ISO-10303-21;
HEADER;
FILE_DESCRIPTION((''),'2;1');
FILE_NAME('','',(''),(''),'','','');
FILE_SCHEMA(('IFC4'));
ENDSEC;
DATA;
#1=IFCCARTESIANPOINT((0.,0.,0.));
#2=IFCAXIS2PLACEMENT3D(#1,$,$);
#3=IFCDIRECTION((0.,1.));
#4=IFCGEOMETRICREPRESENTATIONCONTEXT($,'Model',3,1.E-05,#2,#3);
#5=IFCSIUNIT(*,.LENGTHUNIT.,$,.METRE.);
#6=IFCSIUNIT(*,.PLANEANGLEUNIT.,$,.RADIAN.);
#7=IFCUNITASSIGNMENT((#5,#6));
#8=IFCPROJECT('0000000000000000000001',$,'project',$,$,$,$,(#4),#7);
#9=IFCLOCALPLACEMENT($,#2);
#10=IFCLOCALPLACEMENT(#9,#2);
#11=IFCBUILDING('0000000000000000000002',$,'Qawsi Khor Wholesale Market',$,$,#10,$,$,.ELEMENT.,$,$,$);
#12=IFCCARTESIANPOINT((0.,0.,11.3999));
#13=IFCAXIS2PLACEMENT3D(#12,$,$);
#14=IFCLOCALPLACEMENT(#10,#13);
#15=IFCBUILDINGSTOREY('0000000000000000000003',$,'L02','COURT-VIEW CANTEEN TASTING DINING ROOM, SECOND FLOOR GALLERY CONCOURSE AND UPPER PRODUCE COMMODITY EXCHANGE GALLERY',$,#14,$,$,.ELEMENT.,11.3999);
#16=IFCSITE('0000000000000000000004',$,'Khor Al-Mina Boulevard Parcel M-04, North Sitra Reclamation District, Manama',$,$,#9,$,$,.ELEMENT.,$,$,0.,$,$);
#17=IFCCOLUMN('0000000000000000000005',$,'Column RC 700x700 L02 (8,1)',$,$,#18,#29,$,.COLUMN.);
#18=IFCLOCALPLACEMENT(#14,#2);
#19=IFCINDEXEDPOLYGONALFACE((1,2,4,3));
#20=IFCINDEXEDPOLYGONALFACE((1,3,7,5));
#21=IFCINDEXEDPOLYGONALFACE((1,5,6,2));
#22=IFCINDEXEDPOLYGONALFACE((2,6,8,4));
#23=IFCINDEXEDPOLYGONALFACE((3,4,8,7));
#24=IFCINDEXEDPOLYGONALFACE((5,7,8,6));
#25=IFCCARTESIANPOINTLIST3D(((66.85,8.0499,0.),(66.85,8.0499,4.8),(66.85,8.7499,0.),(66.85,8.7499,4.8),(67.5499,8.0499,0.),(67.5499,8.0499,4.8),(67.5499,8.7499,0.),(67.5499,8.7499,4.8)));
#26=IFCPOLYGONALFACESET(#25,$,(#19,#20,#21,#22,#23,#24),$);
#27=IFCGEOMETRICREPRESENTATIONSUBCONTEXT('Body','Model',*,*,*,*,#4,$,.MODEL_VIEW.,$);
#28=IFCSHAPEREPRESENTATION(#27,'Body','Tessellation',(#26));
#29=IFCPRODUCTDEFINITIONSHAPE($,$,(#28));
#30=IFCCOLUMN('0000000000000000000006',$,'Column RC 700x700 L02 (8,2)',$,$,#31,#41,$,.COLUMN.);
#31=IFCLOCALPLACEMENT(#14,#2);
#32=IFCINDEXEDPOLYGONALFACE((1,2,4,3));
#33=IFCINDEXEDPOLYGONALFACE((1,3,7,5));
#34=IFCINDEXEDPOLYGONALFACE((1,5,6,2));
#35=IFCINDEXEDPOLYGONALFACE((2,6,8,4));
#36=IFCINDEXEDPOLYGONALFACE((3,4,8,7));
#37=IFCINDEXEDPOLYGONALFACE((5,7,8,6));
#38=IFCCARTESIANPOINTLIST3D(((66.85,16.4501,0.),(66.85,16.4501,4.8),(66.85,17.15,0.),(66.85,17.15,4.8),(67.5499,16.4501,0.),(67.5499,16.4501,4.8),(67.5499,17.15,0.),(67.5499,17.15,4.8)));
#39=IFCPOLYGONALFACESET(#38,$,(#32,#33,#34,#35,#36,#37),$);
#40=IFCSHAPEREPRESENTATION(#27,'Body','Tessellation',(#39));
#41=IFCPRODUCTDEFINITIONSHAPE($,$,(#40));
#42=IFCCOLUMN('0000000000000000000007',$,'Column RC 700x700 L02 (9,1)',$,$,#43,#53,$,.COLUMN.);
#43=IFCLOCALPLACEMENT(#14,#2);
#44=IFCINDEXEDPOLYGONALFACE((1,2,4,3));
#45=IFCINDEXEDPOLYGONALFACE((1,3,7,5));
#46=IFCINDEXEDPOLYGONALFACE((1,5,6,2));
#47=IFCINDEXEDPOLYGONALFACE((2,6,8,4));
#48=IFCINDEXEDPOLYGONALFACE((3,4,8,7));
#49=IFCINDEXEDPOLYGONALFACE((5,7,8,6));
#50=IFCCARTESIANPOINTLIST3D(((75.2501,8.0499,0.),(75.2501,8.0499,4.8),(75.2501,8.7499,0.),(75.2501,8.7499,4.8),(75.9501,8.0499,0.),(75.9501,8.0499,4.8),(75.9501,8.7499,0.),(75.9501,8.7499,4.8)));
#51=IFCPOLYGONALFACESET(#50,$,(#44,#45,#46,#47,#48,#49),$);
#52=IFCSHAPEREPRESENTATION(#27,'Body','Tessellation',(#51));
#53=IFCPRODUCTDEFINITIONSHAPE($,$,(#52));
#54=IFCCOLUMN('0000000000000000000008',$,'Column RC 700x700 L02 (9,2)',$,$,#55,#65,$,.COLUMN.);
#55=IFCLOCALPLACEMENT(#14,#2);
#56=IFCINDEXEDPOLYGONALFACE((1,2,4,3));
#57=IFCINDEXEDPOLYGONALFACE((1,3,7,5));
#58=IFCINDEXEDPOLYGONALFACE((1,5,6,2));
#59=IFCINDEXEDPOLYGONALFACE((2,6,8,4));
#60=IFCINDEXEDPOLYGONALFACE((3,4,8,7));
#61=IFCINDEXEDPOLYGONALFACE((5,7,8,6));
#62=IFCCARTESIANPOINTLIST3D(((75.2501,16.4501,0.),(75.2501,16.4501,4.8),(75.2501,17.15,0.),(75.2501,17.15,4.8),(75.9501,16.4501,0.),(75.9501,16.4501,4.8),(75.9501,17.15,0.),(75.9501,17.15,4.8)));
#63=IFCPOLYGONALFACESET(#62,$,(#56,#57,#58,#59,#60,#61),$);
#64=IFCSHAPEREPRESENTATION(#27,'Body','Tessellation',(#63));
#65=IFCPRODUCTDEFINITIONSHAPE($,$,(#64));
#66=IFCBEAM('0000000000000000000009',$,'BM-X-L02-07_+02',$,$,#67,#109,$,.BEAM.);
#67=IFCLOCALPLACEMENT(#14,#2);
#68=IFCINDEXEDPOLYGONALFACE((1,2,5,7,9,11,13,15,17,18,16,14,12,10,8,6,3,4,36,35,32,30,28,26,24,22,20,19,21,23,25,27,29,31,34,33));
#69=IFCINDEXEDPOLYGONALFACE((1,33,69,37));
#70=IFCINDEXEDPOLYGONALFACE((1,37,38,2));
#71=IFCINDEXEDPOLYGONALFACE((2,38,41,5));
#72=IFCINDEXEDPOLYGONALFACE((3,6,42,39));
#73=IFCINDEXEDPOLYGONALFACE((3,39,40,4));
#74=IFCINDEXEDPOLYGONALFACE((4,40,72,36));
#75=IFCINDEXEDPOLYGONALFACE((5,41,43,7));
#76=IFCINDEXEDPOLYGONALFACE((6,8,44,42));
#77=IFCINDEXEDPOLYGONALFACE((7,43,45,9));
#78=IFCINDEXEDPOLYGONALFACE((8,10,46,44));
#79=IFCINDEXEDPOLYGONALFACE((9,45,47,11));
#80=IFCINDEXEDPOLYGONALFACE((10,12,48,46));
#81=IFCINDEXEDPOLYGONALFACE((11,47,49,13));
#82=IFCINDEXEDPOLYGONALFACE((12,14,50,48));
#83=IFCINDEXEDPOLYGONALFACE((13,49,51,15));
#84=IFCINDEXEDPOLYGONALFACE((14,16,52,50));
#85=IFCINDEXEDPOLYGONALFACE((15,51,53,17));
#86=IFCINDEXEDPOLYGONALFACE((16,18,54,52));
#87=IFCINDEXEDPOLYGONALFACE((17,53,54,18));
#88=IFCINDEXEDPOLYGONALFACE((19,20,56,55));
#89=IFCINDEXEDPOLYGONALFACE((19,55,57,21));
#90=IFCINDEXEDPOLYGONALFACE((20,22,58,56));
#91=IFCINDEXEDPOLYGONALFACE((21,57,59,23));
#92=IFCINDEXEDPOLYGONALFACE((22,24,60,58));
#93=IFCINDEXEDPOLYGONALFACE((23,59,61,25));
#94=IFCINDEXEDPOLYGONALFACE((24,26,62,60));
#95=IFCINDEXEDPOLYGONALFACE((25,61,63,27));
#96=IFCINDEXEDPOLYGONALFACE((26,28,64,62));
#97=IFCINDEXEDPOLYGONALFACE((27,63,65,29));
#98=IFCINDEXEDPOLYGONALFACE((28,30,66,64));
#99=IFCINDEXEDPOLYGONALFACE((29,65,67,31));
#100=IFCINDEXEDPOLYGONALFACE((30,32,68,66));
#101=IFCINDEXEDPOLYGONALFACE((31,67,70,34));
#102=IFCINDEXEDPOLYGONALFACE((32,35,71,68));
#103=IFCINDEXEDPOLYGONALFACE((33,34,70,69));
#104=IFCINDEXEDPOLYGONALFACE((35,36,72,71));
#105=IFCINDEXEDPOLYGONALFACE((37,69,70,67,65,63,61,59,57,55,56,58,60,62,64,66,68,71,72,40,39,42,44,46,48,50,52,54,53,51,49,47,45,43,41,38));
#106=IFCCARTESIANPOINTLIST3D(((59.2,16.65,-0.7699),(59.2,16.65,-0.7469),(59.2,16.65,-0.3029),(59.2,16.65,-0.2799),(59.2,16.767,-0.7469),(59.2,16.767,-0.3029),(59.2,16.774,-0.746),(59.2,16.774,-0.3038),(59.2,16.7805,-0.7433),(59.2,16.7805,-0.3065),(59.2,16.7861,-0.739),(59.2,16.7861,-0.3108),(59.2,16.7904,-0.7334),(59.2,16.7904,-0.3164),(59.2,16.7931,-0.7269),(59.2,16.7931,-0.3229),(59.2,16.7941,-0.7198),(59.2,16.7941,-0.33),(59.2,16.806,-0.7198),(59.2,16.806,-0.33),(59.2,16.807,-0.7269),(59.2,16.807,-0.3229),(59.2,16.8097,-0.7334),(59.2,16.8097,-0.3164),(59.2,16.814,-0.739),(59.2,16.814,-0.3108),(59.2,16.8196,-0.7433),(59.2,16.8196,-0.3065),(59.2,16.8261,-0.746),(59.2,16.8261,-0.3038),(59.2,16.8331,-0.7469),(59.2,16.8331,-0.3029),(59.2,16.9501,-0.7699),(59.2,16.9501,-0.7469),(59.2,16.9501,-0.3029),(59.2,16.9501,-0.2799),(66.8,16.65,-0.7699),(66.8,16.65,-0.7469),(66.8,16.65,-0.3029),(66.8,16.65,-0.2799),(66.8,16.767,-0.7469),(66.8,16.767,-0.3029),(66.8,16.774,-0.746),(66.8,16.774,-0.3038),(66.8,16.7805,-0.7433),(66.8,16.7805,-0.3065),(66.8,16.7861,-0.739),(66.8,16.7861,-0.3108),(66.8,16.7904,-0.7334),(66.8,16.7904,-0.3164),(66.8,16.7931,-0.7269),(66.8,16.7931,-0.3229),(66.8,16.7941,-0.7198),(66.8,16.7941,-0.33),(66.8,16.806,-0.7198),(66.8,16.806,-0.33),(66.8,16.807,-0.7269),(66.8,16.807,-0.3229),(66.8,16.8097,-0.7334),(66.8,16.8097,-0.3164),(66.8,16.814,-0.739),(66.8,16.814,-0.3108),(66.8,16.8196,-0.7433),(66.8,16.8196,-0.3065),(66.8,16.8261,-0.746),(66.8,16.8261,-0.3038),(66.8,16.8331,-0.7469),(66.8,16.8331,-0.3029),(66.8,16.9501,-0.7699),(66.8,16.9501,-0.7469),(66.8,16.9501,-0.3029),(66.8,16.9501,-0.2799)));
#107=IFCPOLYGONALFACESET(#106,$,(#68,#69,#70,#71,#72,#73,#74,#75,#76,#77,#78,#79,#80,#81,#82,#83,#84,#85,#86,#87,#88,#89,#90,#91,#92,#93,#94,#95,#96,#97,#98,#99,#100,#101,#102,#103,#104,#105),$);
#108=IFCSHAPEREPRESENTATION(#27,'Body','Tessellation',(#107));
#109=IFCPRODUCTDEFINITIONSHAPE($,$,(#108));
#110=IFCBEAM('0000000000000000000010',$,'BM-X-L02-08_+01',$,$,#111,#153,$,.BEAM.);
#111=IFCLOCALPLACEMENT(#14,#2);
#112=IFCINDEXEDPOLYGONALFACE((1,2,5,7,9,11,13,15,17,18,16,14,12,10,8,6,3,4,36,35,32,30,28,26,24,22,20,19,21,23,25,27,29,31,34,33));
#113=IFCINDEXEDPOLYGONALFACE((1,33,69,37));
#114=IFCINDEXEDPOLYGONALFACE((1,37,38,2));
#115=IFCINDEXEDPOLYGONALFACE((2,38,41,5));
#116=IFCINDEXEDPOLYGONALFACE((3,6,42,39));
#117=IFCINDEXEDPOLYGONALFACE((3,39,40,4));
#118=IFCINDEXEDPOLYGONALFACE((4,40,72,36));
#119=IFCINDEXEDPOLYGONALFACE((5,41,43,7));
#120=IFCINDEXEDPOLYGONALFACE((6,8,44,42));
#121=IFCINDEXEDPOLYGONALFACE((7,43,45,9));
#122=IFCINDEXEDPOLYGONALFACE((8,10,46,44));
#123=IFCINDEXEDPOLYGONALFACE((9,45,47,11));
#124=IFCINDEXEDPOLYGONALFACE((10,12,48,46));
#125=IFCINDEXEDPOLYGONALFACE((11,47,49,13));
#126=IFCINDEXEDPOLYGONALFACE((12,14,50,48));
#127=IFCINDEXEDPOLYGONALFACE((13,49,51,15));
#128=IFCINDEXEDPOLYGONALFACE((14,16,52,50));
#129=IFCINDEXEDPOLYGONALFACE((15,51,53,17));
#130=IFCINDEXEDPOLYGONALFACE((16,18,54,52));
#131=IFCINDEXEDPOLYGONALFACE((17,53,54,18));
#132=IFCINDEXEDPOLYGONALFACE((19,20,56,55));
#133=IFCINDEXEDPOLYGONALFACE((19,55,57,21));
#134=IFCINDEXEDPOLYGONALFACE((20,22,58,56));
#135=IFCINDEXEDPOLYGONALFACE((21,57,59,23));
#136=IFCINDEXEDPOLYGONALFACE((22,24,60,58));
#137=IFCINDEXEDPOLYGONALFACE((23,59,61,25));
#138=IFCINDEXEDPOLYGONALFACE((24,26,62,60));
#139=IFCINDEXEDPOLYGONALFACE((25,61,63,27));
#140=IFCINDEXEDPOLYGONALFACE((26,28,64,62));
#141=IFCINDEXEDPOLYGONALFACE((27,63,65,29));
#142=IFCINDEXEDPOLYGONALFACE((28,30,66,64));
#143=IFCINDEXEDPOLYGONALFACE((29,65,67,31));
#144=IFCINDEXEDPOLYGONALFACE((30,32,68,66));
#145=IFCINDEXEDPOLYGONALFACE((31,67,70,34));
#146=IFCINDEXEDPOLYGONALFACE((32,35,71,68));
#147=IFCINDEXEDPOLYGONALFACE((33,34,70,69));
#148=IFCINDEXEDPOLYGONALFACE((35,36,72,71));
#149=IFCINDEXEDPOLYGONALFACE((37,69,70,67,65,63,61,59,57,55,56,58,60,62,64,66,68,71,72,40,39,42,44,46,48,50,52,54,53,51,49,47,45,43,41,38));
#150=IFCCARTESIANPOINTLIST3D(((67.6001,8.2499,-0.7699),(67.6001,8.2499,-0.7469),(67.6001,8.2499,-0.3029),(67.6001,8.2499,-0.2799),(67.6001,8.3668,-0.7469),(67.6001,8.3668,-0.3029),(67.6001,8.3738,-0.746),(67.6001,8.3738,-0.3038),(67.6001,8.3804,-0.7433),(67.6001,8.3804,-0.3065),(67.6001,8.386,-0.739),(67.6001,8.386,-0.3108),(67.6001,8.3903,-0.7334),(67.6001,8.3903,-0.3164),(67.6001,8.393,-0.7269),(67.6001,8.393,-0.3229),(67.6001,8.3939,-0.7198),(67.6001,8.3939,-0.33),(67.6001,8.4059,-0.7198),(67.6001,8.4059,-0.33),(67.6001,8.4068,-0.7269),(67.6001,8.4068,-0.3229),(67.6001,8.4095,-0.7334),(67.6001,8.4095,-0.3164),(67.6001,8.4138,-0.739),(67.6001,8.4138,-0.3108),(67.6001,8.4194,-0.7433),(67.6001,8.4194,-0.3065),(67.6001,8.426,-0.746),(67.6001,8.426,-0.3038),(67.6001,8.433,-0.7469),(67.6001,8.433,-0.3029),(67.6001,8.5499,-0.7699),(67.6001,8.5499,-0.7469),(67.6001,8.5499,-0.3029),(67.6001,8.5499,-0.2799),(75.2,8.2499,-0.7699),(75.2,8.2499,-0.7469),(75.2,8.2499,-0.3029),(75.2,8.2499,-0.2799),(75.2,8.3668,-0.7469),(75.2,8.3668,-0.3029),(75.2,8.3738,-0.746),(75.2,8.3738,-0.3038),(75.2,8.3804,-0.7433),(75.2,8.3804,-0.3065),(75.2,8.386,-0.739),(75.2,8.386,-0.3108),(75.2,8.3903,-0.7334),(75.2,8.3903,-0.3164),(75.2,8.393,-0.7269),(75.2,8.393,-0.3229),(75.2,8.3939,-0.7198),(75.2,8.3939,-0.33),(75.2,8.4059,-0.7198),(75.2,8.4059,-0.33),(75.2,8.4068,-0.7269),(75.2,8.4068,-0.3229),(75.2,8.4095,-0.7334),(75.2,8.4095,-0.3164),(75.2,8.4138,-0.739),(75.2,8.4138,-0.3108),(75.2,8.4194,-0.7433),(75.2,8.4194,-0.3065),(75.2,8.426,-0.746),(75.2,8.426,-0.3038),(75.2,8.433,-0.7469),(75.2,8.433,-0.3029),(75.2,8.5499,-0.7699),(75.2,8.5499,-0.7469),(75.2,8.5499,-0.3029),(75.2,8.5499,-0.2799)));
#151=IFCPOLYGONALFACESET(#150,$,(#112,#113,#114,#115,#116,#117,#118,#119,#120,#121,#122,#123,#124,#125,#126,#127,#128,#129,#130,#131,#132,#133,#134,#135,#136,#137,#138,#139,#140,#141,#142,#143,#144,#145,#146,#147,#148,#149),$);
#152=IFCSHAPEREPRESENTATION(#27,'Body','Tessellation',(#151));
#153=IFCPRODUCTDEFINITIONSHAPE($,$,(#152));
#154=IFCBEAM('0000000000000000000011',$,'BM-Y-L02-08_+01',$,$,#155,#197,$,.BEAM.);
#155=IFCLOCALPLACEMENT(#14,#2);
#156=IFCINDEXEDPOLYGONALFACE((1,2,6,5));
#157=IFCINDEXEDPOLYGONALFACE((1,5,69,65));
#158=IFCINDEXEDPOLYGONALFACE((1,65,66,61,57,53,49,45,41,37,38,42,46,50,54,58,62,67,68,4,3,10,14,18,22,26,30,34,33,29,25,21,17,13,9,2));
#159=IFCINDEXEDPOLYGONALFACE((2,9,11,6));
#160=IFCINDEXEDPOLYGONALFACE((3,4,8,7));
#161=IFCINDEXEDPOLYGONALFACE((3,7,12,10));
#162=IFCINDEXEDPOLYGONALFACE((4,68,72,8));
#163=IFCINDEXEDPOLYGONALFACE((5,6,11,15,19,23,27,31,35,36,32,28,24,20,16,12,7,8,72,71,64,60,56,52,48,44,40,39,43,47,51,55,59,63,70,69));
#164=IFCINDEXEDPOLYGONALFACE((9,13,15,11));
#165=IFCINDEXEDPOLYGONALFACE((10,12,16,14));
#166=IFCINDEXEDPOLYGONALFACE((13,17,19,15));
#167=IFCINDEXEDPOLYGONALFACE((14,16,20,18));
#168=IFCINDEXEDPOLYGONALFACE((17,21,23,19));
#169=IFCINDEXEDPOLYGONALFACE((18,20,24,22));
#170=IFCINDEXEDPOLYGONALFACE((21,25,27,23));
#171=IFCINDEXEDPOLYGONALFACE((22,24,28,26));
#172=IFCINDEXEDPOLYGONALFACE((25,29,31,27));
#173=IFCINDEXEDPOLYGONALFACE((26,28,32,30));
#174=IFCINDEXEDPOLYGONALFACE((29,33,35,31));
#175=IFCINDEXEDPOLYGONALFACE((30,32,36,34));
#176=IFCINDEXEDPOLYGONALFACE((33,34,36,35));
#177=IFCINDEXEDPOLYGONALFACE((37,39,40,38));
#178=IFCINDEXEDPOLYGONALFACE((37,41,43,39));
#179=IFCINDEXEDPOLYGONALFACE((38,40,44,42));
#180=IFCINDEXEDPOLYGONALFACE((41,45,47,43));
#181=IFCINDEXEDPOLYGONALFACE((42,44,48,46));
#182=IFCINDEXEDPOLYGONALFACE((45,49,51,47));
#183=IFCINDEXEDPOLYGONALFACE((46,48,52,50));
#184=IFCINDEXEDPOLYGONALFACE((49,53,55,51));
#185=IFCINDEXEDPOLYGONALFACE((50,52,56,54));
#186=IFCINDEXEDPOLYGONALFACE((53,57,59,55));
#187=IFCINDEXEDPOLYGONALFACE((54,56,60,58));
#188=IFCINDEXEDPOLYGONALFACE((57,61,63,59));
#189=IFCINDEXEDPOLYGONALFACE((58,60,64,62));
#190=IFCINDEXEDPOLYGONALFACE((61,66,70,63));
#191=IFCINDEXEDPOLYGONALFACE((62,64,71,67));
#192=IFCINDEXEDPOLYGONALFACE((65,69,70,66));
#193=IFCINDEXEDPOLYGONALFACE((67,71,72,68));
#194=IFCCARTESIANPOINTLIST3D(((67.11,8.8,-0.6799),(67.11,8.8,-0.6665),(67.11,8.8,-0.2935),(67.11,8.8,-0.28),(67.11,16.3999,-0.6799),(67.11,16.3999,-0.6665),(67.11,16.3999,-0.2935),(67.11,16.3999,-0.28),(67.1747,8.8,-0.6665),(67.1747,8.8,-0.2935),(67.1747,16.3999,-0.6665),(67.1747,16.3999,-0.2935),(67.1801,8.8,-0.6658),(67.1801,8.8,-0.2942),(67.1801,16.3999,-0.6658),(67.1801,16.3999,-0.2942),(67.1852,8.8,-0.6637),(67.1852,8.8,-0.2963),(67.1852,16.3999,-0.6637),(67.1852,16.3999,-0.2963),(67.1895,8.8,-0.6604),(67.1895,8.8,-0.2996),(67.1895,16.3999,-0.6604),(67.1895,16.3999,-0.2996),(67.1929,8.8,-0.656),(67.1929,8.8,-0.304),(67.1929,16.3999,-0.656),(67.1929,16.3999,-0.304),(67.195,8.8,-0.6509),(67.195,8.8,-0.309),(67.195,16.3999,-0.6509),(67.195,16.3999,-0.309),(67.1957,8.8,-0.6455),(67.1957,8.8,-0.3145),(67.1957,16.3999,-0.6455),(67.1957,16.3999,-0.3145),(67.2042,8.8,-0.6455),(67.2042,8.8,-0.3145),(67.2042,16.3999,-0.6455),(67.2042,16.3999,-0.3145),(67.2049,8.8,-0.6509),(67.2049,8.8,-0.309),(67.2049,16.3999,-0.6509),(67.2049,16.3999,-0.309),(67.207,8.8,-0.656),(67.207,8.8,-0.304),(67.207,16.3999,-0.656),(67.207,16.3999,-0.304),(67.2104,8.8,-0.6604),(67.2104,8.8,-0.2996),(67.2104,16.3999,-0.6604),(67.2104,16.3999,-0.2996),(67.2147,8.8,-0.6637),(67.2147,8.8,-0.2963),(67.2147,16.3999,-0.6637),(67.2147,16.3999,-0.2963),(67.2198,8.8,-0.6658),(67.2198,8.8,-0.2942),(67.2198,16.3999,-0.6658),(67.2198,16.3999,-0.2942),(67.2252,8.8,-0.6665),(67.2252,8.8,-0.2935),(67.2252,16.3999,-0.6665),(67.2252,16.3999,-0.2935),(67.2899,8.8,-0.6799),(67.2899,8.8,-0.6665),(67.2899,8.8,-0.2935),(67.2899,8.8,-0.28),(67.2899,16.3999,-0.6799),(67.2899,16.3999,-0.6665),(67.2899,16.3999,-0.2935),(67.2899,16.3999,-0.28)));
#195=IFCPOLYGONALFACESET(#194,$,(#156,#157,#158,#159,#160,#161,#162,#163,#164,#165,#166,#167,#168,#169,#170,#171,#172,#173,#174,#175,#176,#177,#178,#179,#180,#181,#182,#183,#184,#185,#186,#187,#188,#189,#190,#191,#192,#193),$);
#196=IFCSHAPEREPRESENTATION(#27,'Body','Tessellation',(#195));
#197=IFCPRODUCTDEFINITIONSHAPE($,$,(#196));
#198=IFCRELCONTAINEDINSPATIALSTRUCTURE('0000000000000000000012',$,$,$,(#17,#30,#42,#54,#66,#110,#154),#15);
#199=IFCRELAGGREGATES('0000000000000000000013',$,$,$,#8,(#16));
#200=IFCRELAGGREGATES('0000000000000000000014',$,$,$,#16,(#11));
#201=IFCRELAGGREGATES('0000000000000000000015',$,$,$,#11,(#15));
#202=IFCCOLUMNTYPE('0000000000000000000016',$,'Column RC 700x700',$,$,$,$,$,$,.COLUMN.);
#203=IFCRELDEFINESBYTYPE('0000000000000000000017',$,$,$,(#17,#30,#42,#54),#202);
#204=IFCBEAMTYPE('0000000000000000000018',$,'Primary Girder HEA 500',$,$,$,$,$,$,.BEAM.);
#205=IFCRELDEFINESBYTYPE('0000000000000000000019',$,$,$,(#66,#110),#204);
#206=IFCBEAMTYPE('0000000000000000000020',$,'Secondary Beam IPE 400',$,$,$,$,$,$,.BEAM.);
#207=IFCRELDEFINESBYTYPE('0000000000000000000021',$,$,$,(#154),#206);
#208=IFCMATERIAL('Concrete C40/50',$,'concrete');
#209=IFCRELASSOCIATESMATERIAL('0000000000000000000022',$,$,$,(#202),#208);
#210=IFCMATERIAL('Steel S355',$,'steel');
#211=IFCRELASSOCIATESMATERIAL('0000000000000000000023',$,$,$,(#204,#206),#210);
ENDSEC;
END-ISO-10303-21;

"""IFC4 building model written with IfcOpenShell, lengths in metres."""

from ifc_helpers import new_model, si_unit, direction, frame, origin, origin_2d, place, context, subcontext, project, spatial, rectangle, i_section, extrude, material, material_profile, profile_set, type_object, element, save


model = new_model("IFC4")

# Units and contexts
model_context = context("Model", 3, precision=1e-05, world=origin(), true_north=direction((0.0, 1.0)))
body_context = subcontext(model_context, "Body", "Model", "MODEL_VIEW")
ifc_project = project(units=[si_unit("LENGTHUNIT", "METRE"), si_unit("PLANEANGLEUNIT", "RADIAN")], contexts=[model_context])

# Site, building, storey
site_placement = place(None, origin())
site = spatial("IfcSite", under=ifc_project, at=site_placement, Name="Khor Al-Mina Boulevard Parcel M-04, North Sitra Reclamation District, Manama", CompositionType="ELEMENT", RefElevation=0.0)
building_placement = place(site_placement, origin())
building = spatial("IfcBuilding", under=site, at=building_placement, Name="Qawsi Khor Wholesale Market", CompositionType="ELEMENT")
storey_placement = place(building_placement, frame((0.0, 0.0, 11.3999)))
storey = spatial("IfcBuildingStorey", under=building, at=storey_placement, Name="L02", Description="COURT-VIEW CANTEEN TASTING DINING ROOM, SECOND FLOOR GALLERY CONCOURSE AND UPPER PRODUCE COMMODITY EXCHANGE GALLERY", CompositionType="ELEMENT", Elevation=11.3999)

# Columns
ifc_material_1 = material(Name="Concrete C40/50", Category="concrete")
ifc_material_profile_1 = material_profile(ifc_material_1, rectangle(XDim=0.7, YDim=0.7, at=origin_2d()), Name="RC 700x700")
ifc_profile_set_1 = profile_set([ifc_material_profile_1], Name="Concrete C40/50")
column_type = type_object("IfcColumnType", Name="Column RC 700x700", PredefinedType="COLUMN", material=ifc_profile_set_1)
for number, where, z_axis, x_axis, name in (
    (1, (67.2, 8.3999, 0.0), (0.0, 0.0, 1.0), (1.0, 0.0, 0.0), "Column RC 700x700 L02 (8,1)"),
    (2, (67.2, 16.8, 0.0), (0.0, 0.0, 1.0), (1.0, 0.0, 0.0), "Column RC 700x700 L02 (8,2)"),
    (3, (75.6001, 8.3999, 0.0), (0.0, 0.0, 1.0), (1.0, 0.0, 0.0), "Column RC 700x700 L02 (9,1)"),
    (4, (75.6001, 16.8, 0.0), (0.0, 0.0, 1.0), (1.0, 0.0, 0.0), "Column RC 700x700 L02 (9,2)"),
):
    element("IfcColumn", number, at=place(storey_placement, frame(where, z_axis=z_axis, x_axis=x_axis)), inside=storey, type_object=column_type, Name=name, PredefinedType="COLUMN", context=body_context, shape_type="SweptSolid", body=[
        extrude(rectangle(XDim=0.7, YDim=0.7, at=origin_2d()), origin(), (0.0, 0.0, 1.0), 4.8),
    ])

# Beams
ifc_material_2 = material(Name="Steel S355", Category="steel")
ifc_material_profile_2 = material_profile(ifc_material_2, i_section(OverallWidth=0.3, OverallDepth=0.49, WebThickness=0.012, FlangeThickness=0.0229, FilletRadius=0.0271, at=origin_2d()), Name="HEA 500")
ifc_profile_set_2 = profile_set([ifc_material_profile_2], Name="Steel S355")
beam_type_1 = type_object("IfcBeamType", Name="Primary Girder HEA 500", PredefinedType="BEAM", material=ifc_profile_set_2)
beam_1_placement = place(storey_placement, frame((59.2, 16.8, -0.5249), z_axis=(1.0, 0.0, 0.0), x_axis=(0.0, 1.0, 0.0)))
element("IfcBeam", 5, at=beam_1_placement, inside=storey, type_object=beam_type_1, Name="BM-X-L02-07_+02", PredefinedType="BEAM", context=body_context, shape_type="SweptSolid", body=[
    extrude(i_section(OverallWidth=0.3, OverallDepth=0.49, WebThickness=0.012, FlangeThickness=0.0229, FilletRadius=0.0271, at=origin_2d()), origin(), (0.0, 0.0, 1.0), 7.6001),
])
beam_2_placement = place(storey_placement, frame((67.6001, 8.3999, -0.5249), z_axis=(1.0, 0.0, 0.0), x_axis=(0.0, 1.0, 0.0)))
element("IfcBeam", 6, at=beam_2_placement, inside=storey, type_object=beam_type_1, Name="BM-X-L02-08_+01", PredefinedType="BEAM", context=body_context, shape_type="SweptSolid", body=[
    extrude(i_section(OverallWidth=0.3, OverallDepth=0.49, WebThickness=0.012, FlangeThickness=0.0229, FilletRadius=0.0271, at=origin_2d()), origin(), (0.0, 0.0, 1.0), 7.5999),
])
ifc_material_profile_3 = material_profile(ifc_material_2, i_section(OverallWidth=0.1799, OverallDepth=0.3999, WebThickness=0.0085, FlangeThickness=0.0134, FilletRadius=0.021, at=origin_2d()), Name="IPE 400")
ifc_profile_set_3 = profile_set([ifc_material_profile_3], Name="Steel S355")
beam_type_2 = type_object("IfcBeamType", Name="Secondary Beam IPE 400", PredefinedType="BEAM", material=ifc_profile_set_3)
beam_3_placement = place(storey_placement, frame((67.2, 8.8, -0.48), z_axis=(0.0, 1.0, 0.0), x_axis=(-1.0, 0.0, 0.0)))
element("IfcBeam", 7, at=beam_3_placement, inside=storey, type_object=beam_type_2, Name="BM-Y-L02-08_+01", PredefinedType="BEAM", context=body_context, shape_type="SweptSolid", body=[
    extrude(i_section(OverallWidth=0.1799, OverallDepth=0.3999, WebThickness=0.0085, FlangeThickness=0.0134, FilletRadius=0.021, at=origin_2d()), origin(), (0.0, 0.0, 1.0), 7.5999),
])

save(model, "model.ifc")
